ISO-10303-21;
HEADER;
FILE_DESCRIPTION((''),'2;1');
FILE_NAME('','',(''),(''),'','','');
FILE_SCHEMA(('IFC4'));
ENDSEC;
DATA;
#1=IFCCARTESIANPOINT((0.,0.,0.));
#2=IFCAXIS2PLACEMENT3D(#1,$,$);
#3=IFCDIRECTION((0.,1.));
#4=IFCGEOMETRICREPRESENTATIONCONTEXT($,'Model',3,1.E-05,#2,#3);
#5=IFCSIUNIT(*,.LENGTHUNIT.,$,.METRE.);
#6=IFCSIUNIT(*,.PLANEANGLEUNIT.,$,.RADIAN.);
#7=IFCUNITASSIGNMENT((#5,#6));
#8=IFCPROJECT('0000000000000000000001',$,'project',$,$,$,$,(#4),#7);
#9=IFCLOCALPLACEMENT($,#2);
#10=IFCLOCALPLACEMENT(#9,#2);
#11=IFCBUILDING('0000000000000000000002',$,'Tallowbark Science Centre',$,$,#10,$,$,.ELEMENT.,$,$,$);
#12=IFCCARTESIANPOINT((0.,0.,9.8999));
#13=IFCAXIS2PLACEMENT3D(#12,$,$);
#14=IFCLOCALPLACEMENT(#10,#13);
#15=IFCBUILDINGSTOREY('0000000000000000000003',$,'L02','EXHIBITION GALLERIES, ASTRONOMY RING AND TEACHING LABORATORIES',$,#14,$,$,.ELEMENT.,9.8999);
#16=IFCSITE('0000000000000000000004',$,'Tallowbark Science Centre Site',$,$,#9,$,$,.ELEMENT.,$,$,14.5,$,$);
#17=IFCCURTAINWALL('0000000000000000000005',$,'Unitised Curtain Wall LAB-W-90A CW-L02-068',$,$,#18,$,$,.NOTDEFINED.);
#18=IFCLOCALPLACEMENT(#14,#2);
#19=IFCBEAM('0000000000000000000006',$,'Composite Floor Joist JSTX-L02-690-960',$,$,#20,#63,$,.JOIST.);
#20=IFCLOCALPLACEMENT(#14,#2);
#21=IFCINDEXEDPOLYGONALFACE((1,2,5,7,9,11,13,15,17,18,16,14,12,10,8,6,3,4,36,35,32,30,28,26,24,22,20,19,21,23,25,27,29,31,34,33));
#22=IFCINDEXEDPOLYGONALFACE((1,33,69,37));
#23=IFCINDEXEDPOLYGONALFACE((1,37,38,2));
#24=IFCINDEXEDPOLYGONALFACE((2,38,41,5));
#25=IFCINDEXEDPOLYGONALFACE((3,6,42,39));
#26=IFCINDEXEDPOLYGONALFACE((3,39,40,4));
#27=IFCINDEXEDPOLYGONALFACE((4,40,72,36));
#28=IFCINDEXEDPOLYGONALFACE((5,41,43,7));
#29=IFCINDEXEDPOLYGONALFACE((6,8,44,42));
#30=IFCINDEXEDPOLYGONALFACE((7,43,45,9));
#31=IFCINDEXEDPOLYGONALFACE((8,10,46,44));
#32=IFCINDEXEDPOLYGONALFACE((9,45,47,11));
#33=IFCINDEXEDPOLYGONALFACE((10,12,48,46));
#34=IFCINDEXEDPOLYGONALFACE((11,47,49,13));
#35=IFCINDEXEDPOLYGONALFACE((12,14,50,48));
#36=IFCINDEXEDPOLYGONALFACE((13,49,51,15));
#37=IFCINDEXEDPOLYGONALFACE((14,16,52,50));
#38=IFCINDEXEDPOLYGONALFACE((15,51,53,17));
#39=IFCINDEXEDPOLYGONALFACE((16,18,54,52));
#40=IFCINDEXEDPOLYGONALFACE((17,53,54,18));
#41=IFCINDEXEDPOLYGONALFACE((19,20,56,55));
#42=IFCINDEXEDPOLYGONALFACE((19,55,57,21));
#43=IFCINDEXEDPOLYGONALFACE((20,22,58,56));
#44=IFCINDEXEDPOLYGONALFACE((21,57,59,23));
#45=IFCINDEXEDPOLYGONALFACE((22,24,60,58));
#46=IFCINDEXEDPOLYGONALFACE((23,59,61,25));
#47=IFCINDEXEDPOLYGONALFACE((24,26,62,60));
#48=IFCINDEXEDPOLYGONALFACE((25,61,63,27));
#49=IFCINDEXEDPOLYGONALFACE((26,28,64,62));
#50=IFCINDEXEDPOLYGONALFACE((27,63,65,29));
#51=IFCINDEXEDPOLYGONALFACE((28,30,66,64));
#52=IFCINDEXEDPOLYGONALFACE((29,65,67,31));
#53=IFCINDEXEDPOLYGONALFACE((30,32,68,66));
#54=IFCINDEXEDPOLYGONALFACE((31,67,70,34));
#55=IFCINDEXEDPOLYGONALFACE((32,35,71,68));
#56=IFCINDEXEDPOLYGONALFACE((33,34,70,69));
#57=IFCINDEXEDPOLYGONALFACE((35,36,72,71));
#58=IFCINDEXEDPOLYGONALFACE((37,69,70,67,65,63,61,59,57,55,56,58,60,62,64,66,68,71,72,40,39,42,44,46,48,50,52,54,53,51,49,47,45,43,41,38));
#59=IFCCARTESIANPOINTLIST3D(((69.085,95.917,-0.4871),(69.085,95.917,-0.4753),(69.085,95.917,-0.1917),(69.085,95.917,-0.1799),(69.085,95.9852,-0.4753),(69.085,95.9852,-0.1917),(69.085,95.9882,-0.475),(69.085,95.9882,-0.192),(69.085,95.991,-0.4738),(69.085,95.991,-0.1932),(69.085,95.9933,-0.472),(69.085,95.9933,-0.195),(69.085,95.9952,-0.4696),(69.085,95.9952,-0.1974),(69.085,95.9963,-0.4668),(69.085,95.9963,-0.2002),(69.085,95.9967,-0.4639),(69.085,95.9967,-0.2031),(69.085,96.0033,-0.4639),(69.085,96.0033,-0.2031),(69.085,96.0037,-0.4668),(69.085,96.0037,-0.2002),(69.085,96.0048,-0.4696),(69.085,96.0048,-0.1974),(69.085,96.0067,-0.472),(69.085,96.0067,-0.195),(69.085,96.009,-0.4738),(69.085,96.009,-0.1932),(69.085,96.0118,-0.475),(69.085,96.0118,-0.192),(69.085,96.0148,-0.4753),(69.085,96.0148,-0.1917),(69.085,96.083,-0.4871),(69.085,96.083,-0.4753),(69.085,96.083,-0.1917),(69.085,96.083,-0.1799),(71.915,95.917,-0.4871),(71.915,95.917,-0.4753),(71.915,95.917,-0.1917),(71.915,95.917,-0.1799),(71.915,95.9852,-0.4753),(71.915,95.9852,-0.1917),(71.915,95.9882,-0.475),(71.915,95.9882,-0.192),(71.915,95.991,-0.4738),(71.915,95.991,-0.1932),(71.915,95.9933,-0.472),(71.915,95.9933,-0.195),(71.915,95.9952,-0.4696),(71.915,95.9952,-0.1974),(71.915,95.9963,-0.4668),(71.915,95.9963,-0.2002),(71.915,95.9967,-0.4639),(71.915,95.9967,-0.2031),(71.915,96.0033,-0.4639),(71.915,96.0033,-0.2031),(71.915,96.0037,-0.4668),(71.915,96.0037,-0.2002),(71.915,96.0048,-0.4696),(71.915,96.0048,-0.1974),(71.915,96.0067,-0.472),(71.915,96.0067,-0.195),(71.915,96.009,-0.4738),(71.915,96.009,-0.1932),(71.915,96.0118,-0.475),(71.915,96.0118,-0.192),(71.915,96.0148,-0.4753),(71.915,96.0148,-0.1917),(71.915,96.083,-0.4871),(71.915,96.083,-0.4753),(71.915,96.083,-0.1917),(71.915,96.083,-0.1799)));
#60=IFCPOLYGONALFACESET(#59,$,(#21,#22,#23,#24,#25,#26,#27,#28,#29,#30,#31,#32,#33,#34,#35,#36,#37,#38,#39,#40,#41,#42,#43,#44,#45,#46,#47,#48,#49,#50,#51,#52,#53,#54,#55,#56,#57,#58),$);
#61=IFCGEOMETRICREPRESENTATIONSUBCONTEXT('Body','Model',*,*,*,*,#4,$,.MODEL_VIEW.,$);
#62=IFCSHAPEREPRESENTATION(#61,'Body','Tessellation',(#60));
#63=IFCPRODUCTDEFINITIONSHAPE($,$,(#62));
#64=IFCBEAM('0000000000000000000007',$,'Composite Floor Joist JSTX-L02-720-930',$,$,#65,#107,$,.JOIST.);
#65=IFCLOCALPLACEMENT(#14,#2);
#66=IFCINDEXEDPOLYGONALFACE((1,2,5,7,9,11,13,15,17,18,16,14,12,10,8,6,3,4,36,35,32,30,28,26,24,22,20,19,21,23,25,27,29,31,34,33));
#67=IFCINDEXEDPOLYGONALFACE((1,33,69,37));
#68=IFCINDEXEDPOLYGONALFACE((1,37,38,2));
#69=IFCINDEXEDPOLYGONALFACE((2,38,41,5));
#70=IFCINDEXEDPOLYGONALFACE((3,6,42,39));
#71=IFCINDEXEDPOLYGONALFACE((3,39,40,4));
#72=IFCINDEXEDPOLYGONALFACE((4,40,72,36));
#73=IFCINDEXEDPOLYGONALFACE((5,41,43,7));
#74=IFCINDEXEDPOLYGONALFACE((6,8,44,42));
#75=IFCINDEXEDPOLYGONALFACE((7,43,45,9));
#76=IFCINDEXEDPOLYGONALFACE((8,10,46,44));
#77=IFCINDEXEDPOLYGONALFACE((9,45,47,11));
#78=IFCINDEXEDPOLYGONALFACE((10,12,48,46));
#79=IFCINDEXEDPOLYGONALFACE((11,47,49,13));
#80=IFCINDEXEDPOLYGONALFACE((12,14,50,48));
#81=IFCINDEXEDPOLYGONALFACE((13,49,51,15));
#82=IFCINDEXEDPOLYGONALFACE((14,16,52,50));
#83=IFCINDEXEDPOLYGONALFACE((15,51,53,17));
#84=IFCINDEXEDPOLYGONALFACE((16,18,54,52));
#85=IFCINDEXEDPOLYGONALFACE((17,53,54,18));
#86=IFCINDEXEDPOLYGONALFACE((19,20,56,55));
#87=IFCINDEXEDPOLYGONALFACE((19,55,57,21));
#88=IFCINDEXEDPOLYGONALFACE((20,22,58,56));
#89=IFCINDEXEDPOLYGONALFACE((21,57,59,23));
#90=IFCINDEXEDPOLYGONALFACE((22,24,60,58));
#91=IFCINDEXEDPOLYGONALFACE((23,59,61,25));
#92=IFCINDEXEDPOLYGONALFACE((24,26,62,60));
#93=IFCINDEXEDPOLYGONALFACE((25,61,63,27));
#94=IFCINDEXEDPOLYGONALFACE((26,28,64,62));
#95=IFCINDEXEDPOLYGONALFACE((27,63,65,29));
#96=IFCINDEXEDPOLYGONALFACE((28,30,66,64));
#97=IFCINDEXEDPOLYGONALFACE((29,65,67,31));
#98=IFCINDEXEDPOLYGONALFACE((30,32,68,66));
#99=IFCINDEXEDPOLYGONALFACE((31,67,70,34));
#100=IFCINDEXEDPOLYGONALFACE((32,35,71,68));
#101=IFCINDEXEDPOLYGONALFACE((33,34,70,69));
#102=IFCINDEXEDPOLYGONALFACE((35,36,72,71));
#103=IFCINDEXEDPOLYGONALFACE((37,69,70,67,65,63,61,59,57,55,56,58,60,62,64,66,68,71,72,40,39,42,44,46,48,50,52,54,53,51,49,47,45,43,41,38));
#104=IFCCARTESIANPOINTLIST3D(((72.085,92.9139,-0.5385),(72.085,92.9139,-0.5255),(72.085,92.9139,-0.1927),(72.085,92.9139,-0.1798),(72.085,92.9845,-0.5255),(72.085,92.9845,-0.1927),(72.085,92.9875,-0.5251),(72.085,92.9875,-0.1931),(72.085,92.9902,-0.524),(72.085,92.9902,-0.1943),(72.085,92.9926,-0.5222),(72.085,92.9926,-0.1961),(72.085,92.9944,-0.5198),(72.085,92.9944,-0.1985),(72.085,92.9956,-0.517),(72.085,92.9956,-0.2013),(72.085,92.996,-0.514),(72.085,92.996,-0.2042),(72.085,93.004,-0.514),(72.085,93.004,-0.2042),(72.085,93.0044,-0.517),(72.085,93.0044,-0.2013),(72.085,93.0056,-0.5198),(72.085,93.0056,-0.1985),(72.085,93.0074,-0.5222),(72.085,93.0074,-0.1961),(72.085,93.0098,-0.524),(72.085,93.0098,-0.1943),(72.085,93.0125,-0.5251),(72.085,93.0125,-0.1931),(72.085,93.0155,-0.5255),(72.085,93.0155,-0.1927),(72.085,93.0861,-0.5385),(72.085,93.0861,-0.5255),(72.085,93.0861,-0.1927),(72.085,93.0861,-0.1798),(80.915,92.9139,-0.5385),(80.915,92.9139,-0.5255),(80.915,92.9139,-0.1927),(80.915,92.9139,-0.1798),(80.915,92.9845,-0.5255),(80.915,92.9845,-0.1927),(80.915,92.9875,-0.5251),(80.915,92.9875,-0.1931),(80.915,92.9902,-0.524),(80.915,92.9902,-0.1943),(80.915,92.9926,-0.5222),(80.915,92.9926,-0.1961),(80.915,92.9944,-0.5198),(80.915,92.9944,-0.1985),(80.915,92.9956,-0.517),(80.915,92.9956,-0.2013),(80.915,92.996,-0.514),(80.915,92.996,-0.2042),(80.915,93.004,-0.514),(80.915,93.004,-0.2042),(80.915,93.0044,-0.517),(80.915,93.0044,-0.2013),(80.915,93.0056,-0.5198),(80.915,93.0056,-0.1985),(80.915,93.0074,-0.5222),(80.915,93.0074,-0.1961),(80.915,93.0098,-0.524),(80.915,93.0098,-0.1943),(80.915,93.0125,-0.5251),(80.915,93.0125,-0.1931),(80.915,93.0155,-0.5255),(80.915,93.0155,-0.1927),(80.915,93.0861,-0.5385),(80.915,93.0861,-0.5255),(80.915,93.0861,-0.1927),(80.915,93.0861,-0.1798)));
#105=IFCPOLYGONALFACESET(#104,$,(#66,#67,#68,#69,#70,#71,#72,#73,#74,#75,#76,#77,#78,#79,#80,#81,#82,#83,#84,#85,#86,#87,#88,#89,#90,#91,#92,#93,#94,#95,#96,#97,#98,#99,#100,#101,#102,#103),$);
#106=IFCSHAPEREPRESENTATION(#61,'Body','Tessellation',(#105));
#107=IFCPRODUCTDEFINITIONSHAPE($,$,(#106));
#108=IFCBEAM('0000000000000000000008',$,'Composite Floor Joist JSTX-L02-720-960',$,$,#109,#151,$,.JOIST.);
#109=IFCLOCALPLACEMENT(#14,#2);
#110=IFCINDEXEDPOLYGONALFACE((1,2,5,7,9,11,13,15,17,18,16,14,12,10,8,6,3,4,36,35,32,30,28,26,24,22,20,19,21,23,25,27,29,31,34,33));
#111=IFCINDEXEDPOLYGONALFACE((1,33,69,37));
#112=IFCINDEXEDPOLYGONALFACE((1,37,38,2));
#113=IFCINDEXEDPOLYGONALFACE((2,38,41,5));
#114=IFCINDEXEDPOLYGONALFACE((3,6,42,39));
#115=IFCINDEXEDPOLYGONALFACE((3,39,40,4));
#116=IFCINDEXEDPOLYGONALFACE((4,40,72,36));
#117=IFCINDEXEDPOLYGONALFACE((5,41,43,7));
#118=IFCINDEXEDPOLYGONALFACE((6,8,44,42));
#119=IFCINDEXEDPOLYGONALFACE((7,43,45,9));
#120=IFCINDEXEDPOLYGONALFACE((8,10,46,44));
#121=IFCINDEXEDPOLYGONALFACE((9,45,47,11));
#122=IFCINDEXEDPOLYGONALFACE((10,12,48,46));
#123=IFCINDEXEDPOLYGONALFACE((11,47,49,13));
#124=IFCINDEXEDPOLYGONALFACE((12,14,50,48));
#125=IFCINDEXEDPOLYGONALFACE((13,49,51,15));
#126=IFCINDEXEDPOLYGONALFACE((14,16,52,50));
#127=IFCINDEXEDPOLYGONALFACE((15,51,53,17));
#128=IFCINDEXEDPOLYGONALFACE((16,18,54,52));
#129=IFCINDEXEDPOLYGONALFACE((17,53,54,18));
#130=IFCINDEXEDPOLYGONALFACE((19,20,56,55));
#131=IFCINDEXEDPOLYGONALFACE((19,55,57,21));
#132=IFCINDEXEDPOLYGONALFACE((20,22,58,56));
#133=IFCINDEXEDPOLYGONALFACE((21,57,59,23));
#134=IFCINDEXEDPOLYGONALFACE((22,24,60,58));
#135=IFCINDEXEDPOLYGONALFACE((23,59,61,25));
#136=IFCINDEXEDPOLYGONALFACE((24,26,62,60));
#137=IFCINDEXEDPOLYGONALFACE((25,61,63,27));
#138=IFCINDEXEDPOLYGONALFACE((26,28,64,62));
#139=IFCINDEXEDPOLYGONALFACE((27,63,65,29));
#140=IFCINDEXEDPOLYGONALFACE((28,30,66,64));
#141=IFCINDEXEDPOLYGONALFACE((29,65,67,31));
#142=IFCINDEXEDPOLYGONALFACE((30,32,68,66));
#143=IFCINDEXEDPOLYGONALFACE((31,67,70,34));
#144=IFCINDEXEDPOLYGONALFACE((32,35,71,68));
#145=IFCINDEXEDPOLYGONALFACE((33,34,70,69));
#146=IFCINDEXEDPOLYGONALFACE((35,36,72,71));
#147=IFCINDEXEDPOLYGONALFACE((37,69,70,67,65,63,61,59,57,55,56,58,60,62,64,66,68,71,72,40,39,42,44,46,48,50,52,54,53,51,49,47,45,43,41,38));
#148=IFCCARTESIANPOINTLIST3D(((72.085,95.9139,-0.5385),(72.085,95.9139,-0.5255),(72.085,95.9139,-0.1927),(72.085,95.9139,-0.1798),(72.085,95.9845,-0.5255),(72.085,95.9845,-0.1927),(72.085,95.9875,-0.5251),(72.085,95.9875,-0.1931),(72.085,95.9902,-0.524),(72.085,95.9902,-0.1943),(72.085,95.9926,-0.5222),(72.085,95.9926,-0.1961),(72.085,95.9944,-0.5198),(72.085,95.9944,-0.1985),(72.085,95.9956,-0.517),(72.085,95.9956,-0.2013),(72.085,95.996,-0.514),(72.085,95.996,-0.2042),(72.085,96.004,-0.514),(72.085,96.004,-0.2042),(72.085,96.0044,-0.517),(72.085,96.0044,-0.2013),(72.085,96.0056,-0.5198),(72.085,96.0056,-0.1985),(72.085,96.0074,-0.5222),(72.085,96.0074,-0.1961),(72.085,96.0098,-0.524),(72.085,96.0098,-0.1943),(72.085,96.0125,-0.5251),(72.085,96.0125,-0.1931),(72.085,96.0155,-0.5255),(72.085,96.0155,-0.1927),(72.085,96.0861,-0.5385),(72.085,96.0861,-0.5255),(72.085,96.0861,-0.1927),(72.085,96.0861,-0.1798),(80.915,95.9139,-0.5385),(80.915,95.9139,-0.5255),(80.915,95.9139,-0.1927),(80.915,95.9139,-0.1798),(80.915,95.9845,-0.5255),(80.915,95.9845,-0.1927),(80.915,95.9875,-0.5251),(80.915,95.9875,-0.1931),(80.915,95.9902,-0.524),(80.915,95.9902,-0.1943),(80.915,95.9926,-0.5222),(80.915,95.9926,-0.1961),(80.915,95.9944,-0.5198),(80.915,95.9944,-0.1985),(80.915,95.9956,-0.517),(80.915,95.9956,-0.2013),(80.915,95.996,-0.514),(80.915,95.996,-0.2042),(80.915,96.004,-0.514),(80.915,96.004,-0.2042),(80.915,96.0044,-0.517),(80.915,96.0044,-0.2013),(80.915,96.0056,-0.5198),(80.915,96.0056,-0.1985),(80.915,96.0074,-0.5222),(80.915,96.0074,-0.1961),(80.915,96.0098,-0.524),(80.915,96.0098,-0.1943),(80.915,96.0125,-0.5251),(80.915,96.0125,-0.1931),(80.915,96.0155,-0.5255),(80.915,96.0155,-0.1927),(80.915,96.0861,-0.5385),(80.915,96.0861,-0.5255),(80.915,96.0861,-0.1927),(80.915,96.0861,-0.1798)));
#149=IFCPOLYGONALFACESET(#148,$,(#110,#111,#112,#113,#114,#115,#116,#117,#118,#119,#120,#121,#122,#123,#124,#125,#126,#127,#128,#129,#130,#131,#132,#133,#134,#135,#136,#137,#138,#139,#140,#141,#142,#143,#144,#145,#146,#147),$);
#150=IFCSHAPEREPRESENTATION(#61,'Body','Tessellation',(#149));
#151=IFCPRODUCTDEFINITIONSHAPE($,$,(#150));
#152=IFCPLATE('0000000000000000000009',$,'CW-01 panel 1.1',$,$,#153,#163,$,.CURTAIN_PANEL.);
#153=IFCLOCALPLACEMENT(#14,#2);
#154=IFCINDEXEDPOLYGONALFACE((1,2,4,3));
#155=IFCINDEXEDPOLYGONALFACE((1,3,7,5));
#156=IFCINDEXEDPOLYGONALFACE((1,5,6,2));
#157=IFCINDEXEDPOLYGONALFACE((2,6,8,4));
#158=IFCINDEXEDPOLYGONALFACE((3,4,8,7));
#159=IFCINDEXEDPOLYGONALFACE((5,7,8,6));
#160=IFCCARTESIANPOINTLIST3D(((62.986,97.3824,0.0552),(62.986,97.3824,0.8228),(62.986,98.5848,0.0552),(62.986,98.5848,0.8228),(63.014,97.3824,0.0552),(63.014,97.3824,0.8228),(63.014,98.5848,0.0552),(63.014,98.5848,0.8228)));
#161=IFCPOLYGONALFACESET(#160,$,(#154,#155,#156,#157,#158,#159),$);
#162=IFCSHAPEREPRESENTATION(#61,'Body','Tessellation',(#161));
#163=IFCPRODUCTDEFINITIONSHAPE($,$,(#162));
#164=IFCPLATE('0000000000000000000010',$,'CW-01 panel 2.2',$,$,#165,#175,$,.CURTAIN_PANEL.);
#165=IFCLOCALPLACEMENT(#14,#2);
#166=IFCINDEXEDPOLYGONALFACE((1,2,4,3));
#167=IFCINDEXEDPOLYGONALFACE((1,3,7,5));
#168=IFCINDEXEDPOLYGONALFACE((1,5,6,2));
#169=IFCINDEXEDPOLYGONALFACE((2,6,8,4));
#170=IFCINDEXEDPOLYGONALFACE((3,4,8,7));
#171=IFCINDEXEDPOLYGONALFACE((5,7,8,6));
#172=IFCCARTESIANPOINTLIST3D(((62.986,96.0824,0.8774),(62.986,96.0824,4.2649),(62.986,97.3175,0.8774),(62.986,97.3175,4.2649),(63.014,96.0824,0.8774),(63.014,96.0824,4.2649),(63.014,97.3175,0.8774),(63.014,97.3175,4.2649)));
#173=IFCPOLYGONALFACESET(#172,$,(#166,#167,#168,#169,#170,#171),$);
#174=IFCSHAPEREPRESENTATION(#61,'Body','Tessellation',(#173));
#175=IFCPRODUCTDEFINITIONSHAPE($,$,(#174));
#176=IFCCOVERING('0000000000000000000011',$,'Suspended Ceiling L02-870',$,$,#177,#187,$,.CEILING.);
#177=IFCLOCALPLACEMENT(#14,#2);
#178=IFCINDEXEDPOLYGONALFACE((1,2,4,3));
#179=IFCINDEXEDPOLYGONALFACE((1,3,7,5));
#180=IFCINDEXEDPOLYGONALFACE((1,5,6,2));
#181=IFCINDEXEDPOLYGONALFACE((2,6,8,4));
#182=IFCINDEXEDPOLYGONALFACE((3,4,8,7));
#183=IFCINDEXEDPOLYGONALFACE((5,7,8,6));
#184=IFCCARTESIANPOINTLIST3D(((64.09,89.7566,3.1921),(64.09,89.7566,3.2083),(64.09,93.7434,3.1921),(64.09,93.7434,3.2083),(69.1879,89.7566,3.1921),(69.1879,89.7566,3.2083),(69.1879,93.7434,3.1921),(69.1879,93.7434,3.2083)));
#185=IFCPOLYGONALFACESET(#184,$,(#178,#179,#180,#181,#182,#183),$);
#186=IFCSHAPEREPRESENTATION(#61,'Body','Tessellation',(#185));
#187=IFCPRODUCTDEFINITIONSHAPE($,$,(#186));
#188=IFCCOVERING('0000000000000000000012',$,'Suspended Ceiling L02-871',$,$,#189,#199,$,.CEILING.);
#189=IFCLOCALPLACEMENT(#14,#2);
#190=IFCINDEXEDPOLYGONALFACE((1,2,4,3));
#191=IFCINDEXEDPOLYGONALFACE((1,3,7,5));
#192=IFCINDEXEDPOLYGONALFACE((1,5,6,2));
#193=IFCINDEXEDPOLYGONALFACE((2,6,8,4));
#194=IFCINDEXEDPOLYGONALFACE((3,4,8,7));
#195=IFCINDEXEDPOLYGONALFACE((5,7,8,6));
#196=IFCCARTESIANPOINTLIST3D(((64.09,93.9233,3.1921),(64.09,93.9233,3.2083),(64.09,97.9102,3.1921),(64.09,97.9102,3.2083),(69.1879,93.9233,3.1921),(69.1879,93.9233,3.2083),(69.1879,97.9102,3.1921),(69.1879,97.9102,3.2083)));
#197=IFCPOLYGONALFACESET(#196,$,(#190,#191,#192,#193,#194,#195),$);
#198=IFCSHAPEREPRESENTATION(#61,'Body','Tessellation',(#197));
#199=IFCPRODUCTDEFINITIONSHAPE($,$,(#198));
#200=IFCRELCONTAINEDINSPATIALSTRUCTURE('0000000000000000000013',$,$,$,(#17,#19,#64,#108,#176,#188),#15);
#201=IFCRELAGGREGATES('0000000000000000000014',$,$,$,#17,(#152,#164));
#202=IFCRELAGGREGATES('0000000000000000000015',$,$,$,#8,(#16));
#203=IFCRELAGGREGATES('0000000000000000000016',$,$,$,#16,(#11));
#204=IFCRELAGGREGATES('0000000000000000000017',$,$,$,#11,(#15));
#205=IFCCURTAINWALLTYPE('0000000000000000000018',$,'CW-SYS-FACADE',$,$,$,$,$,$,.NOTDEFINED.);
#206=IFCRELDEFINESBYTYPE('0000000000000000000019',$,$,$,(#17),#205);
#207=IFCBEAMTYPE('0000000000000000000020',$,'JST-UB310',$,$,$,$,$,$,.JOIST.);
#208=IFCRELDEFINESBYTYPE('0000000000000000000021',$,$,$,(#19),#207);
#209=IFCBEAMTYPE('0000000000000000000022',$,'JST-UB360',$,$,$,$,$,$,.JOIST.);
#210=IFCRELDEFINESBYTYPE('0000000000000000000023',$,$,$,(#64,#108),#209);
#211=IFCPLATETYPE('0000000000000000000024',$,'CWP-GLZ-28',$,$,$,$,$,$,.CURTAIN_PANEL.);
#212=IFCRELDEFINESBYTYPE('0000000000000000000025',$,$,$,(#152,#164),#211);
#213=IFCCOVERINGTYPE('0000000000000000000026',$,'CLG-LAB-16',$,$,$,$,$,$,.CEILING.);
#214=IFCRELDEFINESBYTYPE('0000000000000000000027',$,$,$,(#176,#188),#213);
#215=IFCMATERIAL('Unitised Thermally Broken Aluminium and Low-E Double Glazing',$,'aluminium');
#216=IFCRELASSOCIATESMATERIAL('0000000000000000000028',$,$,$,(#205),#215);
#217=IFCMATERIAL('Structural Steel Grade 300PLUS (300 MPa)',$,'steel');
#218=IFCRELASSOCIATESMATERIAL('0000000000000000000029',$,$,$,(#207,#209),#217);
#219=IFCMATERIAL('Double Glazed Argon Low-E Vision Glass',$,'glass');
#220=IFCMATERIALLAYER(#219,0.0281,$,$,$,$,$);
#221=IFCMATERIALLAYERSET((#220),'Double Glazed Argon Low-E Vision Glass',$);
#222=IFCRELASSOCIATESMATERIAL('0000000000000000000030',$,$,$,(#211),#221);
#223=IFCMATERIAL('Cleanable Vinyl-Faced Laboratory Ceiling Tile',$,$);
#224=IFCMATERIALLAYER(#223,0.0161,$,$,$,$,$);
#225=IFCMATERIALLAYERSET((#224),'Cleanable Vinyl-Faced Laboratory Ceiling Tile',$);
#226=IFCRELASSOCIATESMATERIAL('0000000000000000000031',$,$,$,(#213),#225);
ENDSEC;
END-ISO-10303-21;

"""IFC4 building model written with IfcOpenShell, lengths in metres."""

from ifc_helpers import new_model, si_unit, direction, frame, origin, origin_2d, place, context, subcontext, project, spatial, rectangle, i_section, extrude, material, layer, layer_set, material_profile, profile_set, type_object, element, aggregate, save


model = new_model("IFC4")

# Units and contexts
model_context = context("Model", 3, precision=1e-05, world=origin(), true_north=direction((0.0, 1.0)))
body_context = subcontext(model_context, "Body", "Model", "MODEL_VIEW")
ifc_project = project(units=[si_unit("LENGTHUNIT", "METRE"), si_unit("PLANEANGLEUNIT", "RADIAN")], contexts=[model_context])

# Site, building, storey
site_placement = place(None, origin())
site = spatial("IfcSite", under=ifc_project, at=site_placement, Name="Tallowbark Science Centre Site", CompositionType="ELEMENT", RefElevation=14.5)
building_placement = place(site_placement, origin())
building = spatial("IfcBuilding", under=site, at=building_placement, Name="Tallowbark Science Centre", CompositionType="ELEMENT")
storey_placement = place(building_placement, frame((0.0, 0.0, 9.8999)))
storey = spatial("IfcBuildingStorey", under=building, at=storey_placement, Name="L02", Description="EXHIBITION GALLERIES, ASTRONOMY RING AND TEACHING LABORATORIES", CompositionType="ELEMENT", Elevation=9.8999)

# Curtain wall
ifc_material_1 = material(Name="Unitised Thermally Broken Aluminium and Low-E Double Glazing", Category="aluminium")
curtain_wall_type = type_object("IfcCurtainWallType", Name="CW-SYS-FACADE", PredefinedType="NOTDEFINED", material=ifc_material_1)
curtain_wall_placement = place(storey_placement, origin())
curtain_wall = element("IfcCurtainWall", 1, at=curtain_wall_placement, inside=storey, type_object=curtain_wall_type, Name="Unitised Curtain Wall LAB-W-90A CW-L02-068", PredefinedType="NOTDEFINED")

# Beams
ifc_material_2 = material(Name="Structural Steel Grade 300PLUS (300 MPa)", Category="steel")
ifc_material_profile_1 = material_profile(ifc_material_2, i_section(OverallWidth=0.166, OverallDepth=0.3071, WebThickness=0.0066, FlangeThickness=0.0117, FilletRadius=0.0115, at=origin_2d()), Name="310UB46.2")
ifc_profile_set_1 = profile_set([ifc_material_profile_1], Name="Structural Steel Grade 300PLUS (300 MPa)")
beam_type_1 = type_object("IfcBeamType", Name="JST-UB310", PredefinedType="JOIST", material=ifc_profile_set_1)
for number, where, z_axis, x_axis, name in (
    (2, (69.085, 96.0, -0.3335), (1.0, 0.0, 0.0), (0.0, 1.0, 0.0), "Composite Floor Joist JSTX-L02-690-960"),
):
    element("IfcBeam", number, at=place(storey_placement, frame(where, z_axis=z_axis, x_axis=x_axis)), inside=storey, type_object=beam_type_1, Name=name, PredefinedType="JOIST", context=body_context, shape_type="SweptSolid", body=[
        extrude(i_section(OverallWidth=0.166, OverallDepth=0.3071, WebThickness=0.0066, FlangeThickness=0.0117, FilletRadius=0.0115, at=origin_2d()), origin(), (0.0, 0.0, 1.0), 2.8301),
    ])
ifc_material_profile_2 = material_profile(ifc_material_2, i_section(OverallWidth=0.1721, OverallDepth=0.3586, WebThickness=0.0081, FlangeThickness=0.0129, FilletRadius=0.0115, at=origin_2d()), Name="360UB56.7")
ifc_profile_set_2 = profile_set([ifc_material_profile_2], Name="Structural Steel Grade 300PLUS (300 MPa)")
beam_type_2 = type_object("IfcBeamType", Name="JST-UB360", PredefinedType="JOIST", material=ifc_profile_set_2)
for number, where, z_axis, x_axis, name in (
    (3, (72.085, 93.0, -0.3591), (1.0, 0.0, 0.0), (0.0, 1.0, 0.0), "Composite Floor Joist JSTX-L02-720-930"),
    (4, (72.085, 96.0, -0.3591), (1.0, 0.0, 0.0), (0.0, 1.0, 0.0), "Composite Floor Joist JSTX-L02-720-960"),
):
    element("IfcBeam", number, at=place(storey_placement, frame(where, z_axis=z_axis, x_axis=x_axis)), inside=storey, type_object=beam_type_2, Name=name, PredefinedType="JOIST", context=body_context, shape_type="SweptSolid", body=[
        extrude(i_section(OverallWidth=0.1721, OverallDepth=0.3586, WebThickness=0.0081, FlangeThickness=0.0129, FilletRadius=0.0115, at=origin_2d()), origin(), (0.0, 0.0, 1.0), 8.8301),
    ])

# Plates
ifc_material_3 = material(Name="Double Glazed Argon Low-E Vision Glass", Category="glass")
ifc_layer_1 = layer(ifc_material_3, 0.0281)
ifc_layer_set_1 = layer_set([ifc_layer_1], Name="Double Glazed Argon Low-E Vision Glass")
plate_type = type_object("IfcPlateType", Name="CWP-GLZ-28", PredefinedType="CURTAIN_PANEL", material=ifc_layer_set_1)
plate_1_placement = place(storey_placement, frame((63.0, 97.9836, 0.0552), z_axis=(0.0, 0.0, 1.0), x_axis=(0.0, -1.0, 0.0)))
plate_1 = element("IfcPlate", 5, at=plate_1_placement, type_object=plate_type, Name="CW-01 panel 1.1", PredefinedType="CURTAIN_PANEL", context=body_context, shape_type="SweptSolid", body=[
    extrude(rectangle(XDim=1.2024, YDim=0.0281, at=origin_2d()), origin(), (0.0, 0.0, 1.0), 0.7676),
])
plate_2_placement = place(storey_placement, frame((63.0, 96.7, 0.8774), z_axis=(0.0, 0.0, 1.0), x_axis=(0.0, -1.0, 0.0)))
plate_2 = element("IfcPlate", 6, at=plate_2_placement, type_object=plate_type, Name="CW-01 panel 2.2", PredefinedType="CURTAIN_PANEL", context=body_context, shape_type="SweptSolid", body=[
    extrude(rectangle(XDim=1.2351, YDim=0.0281, at=origin_2d()), origin(), (0.0, 0.0, 1.0), 3.3875),
])
aggregate(curtain_wall, [plate_1, plate_2])

# Coverings
ifc_material_4 = material(Name="Cleanable Vinyl-Faced Laboratory Ceiling Tile")
ifc_layer_2 = layer(ifc_material_4, 0.0161)
ifc_layer_set_2 = layer_set([ifc_layer_2], Name="Cleanable Vinyl-Faced Laboratory Ceiling Tile")
covering_type_1 = type_object("IfcCoveringType", Name="CLG-LAB-16", PredefinedType="CEILING", material=ifc_layer_set_2)
for number, where, z_axis, x_axis, name in (
    (7, (66.6389, 91.75, 3.1921), (0.0, 0.0, 1.0), (1.0, 0.0, 0.0), "Suspended Ceiling L02-870"),
    (8, (66.6389, 95.9167, 3.1921), (0.0, 0.0, 1.0), (1.0, 0.0, 0.0), "Suspended Ceiling L02-871"),
):
    element("IfcCovering", number, at=place(storey_placement, frame(where, z_axis=z_axis, x_axis=x_axis)), inside=storey, type_object=covering_type_1, Name=name, PredefinedType="CEILING", context=body_context, shape_type="SweptSolid", body=[
        extrude(rectangle(XDim=5.0979, YDim=3.9868, at=origin_2d()), origin(), (0.0, 0.0, 1.0), 0.0161),
    ])

save(model, "model.ifc")
